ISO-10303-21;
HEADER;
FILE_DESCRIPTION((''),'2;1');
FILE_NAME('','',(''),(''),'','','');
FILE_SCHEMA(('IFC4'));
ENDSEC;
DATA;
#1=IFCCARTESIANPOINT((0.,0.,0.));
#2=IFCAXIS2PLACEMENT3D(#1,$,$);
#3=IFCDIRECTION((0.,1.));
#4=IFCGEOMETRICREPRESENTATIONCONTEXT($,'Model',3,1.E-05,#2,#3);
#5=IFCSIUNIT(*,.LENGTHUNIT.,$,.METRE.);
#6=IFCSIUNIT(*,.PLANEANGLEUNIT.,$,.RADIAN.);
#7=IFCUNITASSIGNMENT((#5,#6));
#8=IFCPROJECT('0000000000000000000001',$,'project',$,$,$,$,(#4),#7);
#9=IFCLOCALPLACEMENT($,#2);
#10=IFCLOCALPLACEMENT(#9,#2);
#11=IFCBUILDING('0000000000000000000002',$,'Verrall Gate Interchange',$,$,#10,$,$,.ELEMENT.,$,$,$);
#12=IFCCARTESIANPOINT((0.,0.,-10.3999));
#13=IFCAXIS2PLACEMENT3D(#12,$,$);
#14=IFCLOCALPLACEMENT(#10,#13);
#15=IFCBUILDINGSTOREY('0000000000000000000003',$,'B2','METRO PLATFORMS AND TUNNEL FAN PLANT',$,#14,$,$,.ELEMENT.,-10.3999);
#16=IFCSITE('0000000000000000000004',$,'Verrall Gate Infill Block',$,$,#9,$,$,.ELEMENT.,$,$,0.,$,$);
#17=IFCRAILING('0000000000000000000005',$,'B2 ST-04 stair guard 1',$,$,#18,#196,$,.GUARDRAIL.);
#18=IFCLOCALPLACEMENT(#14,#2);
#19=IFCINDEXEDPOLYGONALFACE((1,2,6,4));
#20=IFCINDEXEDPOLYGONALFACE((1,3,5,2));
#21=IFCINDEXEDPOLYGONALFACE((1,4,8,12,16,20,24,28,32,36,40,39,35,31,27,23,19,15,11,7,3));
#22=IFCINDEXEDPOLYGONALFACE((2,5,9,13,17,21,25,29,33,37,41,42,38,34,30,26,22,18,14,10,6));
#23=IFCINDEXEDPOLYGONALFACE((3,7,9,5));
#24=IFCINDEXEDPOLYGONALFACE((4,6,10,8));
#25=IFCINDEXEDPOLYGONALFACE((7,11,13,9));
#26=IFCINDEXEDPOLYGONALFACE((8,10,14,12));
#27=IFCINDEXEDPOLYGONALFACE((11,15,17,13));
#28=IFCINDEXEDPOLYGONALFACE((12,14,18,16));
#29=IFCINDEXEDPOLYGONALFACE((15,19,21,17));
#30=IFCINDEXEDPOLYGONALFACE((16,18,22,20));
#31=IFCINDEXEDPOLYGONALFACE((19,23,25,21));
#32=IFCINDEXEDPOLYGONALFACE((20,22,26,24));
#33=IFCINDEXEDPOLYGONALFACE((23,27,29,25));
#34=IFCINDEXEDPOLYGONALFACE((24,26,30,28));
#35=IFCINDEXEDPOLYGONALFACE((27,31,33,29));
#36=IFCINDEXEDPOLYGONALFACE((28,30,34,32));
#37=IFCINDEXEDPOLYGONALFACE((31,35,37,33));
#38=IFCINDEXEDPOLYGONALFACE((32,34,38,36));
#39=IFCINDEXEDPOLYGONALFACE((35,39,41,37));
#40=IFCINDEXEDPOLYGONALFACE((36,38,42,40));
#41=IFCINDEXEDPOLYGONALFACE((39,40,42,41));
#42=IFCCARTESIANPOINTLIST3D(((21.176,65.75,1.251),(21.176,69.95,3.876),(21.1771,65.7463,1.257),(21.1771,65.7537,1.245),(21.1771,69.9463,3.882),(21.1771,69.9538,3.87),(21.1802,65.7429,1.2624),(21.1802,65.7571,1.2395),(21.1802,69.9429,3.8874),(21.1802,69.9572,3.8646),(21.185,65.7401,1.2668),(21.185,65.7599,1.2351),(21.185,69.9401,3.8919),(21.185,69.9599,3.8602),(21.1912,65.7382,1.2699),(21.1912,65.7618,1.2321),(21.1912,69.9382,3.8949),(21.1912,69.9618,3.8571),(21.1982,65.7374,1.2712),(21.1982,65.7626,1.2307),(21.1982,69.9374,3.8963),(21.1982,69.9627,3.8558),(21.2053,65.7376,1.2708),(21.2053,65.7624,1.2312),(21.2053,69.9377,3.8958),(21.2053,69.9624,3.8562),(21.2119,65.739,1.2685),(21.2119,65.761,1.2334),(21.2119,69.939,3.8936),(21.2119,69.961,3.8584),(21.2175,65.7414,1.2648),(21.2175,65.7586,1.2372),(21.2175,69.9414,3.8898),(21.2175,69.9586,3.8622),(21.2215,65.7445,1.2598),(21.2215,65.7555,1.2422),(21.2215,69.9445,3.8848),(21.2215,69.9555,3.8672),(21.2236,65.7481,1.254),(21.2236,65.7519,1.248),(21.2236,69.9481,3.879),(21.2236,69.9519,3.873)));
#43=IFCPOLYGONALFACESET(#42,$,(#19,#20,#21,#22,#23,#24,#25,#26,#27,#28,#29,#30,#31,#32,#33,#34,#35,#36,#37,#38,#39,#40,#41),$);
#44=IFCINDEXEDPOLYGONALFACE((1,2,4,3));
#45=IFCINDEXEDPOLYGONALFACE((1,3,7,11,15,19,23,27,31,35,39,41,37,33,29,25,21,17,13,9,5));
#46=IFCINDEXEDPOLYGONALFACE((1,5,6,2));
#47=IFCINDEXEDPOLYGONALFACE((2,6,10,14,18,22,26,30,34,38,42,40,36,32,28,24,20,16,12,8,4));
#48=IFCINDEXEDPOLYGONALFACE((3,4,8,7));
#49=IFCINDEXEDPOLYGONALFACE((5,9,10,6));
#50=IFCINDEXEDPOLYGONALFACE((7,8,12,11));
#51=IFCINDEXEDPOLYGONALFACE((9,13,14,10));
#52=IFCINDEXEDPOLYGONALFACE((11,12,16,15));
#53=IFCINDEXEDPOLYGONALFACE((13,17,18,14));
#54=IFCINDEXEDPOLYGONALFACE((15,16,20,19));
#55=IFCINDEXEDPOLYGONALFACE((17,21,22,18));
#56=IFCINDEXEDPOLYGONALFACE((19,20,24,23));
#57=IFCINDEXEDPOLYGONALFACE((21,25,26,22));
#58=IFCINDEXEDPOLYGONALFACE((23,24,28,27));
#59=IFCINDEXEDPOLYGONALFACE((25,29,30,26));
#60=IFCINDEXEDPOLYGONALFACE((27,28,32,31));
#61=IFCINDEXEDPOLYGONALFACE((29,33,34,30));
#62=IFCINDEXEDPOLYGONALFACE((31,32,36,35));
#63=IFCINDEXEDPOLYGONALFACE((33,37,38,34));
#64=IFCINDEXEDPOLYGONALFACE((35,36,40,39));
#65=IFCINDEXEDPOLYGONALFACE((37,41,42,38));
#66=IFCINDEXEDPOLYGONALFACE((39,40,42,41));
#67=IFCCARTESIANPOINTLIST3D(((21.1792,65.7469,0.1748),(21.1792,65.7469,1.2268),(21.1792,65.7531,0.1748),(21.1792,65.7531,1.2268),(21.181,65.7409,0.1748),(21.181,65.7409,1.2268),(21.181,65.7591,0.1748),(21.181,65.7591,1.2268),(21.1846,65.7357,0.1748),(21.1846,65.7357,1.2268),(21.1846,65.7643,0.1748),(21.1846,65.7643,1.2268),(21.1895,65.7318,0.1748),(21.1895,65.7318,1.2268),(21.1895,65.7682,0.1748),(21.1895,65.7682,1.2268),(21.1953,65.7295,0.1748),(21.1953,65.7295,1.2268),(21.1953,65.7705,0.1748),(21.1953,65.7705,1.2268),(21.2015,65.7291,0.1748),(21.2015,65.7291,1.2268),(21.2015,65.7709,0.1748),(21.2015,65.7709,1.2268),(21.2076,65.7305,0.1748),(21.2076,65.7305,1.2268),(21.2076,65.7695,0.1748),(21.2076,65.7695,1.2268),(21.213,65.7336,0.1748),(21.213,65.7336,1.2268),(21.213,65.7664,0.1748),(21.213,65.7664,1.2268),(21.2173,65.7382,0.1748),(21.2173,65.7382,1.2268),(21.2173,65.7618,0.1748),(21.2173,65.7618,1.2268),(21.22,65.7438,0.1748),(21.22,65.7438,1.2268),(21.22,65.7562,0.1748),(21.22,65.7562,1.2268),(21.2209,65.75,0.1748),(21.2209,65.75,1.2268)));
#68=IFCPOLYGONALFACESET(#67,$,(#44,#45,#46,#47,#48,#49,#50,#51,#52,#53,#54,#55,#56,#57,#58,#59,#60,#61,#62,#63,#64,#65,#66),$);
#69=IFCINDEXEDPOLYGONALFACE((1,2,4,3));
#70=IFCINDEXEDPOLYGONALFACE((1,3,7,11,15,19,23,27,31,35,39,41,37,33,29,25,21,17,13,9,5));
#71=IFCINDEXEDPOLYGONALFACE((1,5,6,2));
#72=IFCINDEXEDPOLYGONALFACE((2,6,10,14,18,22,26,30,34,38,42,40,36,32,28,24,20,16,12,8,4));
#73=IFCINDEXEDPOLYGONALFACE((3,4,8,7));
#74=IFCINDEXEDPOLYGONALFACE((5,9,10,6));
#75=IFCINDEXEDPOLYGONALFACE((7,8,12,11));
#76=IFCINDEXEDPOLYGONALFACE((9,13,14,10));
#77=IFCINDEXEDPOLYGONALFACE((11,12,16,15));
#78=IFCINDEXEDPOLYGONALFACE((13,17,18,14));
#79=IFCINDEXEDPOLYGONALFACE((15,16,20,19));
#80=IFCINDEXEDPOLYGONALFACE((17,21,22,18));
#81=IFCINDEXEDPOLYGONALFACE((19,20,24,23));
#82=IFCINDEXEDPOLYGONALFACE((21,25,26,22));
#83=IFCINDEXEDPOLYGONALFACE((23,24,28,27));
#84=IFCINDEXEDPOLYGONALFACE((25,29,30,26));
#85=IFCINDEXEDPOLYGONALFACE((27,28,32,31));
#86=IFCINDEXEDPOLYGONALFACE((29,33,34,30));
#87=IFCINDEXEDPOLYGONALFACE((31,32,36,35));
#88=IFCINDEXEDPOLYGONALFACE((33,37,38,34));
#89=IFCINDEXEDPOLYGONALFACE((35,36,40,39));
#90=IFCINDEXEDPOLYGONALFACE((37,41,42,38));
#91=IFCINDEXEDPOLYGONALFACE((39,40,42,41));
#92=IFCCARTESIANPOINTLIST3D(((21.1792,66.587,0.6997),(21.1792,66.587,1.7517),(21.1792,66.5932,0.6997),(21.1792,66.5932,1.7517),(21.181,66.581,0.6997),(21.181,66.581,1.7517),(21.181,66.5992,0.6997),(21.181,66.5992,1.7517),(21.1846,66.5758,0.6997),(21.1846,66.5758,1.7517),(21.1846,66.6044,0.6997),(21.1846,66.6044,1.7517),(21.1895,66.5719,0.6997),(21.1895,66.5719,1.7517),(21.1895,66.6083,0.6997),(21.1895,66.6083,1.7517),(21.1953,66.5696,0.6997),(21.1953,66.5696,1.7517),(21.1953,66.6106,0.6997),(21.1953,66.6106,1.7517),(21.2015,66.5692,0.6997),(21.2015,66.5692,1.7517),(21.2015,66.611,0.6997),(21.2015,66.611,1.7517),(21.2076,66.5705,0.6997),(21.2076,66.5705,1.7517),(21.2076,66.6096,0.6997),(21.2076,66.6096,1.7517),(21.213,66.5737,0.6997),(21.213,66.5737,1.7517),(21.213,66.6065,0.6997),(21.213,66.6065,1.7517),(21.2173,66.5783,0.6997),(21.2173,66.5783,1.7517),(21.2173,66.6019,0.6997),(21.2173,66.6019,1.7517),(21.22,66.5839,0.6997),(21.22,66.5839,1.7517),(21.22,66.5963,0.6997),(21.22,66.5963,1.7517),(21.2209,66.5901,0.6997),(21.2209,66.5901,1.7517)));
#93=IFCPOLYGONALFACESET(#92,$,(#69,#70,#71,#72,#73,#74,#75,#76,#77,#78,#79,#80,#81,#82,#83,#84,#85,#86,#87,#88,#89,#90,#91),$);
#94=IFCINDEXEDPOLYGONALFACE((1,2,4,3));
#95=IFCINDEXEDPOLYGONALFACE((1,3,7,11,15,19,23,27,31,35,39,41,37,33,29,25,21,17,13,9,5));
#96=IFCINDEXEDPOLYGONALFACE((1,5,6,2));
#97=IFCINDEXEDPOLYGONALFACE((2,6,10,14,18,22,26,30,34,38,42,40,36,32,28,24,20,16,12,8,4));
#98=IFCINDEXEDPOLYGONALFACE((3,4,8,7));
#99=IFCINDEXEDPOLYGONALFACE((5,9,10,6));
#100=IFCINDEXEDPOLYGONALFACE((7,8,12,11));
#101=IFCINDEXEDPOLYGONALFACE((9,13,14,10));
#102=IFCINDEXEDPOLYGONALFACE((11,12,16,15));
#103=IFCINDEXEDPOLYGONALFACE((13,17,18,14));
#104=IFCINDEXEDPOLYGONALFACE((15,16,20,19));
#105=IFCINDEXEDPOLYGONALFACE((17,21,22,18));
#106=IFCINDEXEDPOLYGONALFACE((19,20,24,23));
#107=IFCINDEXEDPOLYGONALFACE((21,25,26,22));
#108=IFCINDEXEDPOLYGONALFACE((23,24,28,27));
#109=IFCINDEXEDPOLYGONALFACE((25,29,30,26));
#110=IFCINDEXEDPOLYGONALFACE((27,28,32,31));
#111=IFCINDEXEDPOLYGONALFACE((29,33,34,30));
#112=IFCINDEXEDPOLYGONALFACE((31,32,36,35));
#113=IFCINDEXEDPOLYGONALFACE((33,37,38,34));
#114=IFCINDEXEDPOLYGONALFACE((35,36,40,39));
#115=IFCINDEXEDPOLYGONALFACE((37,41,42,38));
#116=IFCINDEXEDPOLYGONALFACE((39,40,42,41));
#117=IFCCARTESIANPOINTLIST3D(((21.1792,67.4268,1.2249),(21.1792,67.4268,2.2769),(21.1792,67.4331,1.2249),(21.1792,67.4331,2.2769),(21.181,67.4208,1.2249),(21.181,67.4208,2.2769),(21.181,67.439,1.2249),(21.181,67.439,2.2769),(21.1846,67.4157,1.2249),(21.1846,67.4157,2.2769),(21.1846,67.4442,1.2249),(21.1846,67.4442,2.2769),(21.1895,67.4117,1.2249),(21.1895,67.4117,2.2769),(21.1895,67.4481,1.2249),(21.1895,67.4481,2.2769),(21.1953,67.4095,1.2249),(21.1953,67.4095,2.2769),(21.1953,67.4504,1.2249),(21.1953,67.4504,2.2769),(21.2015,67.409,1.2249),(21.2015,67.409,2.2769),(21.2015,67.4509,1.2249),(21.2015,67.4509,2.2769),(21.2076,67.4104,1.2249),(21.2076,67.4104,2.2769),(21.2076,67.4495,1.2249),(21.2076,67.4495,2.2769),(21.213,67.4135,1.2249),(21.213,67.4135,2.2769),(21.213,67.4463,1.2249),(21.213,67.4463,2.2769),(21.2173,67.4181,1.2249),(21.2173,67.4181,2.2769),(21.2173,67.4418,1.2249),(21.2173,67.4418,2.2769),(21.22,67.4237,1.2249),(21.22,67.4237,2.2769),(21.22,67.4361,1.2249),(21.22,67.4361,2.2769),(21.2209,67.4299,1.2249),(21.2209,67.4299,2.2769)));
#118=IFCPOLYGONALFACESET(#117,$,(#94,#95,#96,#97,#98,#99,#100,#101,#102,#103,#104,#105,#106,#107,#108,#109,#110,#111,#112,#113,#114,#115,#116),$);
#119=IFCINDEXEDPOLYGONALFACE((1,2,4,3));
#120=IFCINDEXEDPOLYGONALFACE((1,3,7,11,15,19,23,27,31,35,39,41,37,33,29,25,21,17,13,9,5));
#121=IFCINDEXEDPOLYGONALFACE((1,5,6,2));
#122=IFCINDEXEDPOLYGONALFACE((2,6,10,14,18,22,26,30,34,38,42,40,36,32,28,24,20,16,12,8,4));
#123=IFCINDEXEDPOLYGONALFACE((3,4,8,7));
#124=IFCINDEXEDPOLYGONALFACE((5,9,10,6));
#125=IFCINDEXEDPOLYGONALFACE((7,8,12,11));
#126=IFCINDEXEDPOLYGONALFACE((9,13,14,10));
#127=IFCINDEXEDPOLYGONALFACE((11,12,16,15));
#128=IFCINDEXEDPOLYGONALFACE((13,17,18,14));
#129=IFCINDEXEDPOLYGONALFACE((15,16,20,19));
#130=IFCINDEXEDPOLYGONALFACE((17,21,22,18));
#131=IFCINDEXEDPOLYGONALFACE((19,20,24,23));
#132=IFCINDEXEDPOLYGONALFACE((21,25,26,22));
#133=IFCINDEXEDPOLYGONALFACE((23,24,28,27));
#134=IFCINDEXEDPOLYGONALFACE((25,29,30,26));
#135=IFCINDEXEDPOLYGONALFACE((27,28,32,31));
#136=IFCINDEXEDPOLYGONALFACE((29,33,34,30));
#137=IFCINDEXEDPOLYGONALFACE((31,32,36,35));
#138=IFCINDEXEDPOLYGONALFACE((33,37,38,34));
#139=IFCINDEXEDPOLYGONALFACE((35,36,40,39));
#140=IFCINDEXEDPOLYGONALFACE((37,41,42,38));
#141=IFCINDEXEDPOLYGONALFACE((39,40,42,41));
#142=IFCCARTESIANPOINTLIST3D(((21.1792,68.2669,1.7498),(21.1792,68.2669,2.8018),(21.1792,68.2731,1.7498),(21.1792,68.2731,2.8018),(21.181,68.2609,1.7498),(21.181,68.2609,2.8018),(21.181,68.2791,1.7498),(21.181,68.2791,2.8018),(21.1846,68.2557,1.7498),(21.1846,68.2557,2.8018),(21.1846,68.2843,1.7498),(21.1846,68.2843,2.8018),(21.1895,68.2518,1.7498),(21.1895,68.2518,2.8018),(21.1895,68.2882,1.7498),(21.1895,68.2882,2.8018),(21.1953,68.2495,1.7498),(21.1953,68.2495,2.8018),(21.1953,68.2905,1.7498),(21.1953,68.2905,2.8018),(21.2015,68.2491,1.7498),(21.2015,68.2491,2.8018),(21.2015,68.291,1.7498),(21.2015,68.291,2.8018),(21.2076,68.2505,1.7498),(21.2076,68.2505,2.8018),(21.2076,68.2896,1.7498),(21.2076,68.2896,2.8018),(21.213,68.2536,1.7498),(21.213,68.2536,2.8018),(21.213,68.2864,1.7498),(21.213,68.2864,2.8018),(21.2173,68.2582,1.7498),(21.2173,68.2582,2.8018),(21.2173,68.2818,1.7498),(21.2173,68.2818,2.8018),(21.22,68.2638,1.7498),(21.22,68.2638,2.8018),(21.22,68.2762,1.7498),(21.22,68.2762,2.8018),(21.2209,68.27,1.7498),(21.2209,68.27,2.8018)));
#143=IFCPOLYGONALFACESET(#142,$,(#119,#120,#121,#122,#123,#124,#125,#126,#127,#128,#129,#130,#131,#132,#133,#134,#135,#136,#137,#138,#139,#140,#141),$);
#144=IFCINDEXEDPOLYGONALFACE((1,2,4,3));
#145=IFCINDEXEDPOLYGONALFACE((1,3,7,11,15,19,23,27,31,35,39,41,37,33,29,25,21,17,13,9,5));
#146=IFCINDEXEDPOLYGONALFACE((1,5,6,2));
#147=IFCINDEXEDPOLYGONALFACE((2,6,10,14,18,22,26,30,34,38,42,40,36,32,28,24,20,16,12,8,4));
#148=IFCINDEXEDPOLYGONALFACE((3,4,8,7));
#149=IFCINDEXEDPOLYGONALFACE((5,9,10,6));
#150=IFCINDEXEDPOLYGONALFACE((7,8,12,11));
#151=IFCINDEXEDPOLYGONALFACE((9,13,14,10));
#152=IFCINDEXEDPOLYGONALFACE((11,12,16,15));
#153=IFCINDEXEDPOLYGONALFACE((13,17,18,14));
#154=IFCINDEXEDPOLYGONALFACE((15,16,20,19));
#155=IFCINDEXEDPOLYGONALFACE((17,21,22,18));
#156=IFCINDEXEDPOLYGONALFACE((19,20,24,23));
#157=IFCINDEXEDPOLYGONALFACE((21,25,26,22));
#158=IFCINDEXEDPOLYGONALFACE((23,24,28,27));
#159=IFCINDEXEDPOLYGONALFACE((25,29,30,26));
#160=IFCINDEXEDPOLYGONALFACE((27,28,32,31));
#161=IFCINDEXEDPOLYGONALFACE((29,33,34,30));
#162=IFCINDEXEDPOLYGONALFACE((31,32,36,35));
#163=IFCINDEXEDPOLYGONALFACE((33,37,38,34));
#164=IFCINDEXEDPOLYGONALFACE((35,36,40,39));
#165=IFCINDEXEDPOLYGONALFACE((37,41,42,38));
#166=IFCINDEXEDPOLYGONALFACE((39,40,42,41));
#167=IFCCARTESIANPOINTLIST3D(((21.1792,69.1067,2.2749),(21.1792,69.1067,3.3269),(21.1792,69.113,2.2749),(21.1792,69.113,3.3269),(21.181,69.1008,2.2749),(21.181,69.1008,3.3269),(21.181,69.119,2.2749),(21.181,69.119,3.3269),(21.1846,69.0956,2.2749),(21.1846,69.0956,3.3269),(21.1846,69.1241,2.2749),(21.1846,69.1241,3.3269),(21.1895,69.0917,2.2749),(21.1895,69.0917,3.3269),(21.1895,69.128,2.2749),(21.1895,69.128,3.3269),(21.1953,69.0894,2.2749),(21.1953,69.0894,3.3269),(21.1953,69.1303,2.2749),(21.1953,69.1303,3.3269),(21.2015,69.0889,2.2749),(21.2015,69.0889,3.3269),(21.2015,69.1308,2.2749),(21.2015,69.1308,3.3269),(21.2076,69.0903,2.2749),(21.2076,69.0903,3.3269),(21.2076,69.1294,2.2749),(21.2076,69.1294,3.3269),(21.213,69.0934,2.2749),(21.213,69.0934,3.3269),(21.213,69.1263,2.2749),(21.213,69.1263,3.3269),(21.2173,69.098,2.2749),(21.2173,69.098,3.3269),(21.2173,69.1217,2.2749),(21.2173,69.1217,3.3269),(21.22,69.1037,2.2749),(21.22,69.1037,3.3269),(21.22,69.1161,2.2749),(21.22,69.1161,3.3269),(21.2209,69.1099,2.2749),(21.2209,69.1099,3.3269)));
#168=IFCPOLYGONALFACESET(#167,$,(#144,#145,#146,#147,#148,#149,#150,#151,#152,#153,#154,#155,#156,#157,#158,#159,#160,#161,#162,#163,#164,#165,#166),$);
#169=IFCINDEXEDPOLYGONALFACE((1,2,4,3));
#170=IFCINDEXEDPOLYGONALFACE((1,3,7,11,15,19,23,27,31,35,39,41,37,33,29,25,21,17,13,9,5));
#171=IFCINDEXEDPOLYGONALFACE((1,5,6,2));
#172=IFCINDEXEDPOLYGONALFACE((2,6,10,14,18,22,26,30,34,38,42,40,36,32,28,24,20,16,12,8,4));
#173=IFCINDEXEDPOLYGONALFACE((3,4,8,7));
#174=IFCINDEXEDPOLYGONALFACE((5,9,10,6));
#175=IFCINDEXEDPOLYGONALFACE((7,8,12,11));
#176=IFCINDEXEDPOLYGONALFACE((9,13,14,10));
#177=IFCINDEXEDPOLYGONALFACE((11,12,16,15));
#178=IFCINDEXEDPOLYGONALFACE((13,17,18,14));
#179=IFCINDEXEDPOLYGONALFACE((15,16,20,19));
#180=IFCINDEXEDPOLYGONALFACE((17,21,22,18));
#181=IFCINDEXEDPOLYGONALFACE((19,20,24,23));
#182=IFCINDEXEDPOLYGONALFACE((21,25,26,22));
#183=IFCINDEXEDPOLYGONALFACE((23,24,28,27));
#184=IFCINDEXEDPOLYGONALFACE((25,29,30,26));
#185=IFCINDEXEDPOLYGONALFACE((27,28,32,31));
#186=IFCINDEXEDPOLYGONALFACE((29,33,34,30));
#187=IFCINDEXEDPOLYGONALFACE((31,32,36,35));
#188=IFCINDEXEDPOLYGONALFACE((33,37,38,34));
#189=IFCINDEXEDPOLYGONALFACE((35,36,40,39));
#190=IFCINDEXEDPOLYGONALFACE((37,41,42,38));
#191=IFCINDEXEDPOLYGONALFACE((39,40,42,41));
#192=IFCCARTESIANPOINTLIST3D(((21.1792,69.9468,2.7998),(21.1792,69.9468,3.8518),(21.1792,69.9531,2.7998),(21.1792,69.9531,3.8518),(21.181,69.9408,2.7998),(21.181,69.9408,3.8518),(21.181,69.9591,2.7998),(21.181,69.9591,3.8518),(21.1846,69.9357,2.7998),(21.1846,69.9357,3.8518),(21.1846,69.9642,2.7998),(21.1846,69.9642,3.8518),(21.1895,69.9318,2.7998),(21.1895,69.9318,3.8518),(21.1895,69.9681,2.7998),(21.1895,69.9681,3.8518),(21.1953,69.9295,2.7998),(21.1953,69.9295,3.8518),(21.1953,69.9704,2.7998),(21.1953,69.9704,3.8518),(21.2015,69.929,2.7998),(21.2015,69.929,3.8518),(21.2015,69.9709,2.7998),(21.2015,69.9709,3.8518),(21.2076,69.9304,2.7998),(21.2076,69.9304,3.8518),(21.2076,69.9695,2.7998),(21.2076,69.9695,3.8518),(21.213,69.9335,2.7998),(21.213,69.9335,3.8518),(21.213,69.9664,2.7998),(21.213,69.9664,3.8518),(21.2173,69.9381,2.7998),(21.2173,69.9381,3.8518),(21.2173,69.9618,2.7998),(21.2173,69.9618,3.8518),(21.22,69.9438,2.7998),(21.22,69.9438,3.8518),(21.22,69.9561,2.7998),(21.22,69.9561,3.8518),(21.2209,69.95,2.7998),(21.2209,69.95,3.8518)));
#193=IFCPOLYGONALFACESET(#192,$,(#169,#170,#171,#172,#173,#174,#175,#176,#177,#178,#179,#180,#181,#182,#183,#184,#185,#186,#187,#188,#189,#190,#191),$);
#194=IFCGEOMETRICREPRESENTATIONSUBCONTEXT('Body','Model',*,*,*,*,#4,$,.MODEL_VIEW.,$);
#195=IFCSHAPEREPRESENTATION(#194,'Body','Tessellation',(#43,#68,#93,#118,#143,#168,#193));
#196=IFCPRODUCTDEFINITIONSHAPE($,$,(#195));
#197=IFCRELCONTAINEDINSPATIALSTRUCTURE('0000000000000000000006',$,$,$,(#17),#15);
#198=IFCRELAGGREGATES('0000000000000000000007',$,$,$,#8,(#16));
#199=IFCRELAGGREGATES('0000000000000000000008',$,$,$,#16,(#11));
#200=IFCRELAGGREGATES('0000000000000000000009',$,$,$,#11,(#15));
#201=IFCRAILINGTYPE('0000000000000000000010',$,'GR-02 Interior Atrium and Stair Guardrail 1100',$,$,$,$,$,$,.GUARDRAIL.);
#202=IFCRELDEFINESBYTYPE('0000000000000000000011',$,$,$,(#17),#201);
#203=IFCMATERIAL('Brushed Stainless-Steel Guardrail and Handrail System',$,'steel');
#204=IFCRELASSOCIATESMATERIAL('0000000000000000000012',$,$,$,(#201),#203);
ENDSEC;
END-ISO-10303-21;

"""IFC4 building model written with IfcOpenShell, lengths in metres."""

from ifc_helpers import new_model, si_unit, direction, frame, origin, origin_2d, place, context, subcontext, project, spatial, circle, extrude, material, type_object, element, save


model = new_model("IFC4")

# Units and contexts
model_context = context("Model", 3, precision=1e-05, world=origin(), true_north=direction((0.0, 1.0)))
body_context = subcontext(model_context, "Body", "Model", "MODEL_VIEW")
ifc_project = project(units=[si_unit("LENGTHUNIT", "METRE"), si_unit("PLANEANGLEUNIT", "RADIAN")], contexts=[model_context])

# Site, building, storey
site_placement = place(None, origin())
site = spatial("IfcSite", under=ifc_project, at=site_placement, Name="Verrall Gate Infill Block", CompositionType="ELEMENT", RefElevation=0.0)
building_placement = place(site_placement, origin())
building = spatial("IfcBuilding", under=site, at=building_placement, Name="Verrall Gate Interchange", CompositionType="ELEMENT")
storey_placement = place(building_placement, frame((0.0, 0.0, -10.3999)))
storey = spatial("IfcBuildingStorey", under=building, at=storey_placement, Name="B2", Description="METRO PLATFORMS AND TUNNEL FAN PLANT", CompositionType="ELEMENT", Elevation=-10.3999)

# Railing
ifc_material_1 = material(Name="Brushed Stainless-Steel Guardrail and Handrail System", Category="steel")
railing_type_1 = type_object("IfcRailingType", Name="GR-02 Interior Atrium and Stair Guardrail 1100", PredefinedType="GUARDRAIL", material=ifc_material_1)
railing_1_placement = place(storey_placement, frame((21.2, 65.75, 0.1748)))
element("IfcRailing", 1, at=railing_1_placement, inside=storey, type_object=railing_type_1, Name="B2 ST-04 stair guard 1", PredefinedType="GUARDRAIL", context=body_context, shape_type="SweptSolid", body=[
    extrude(circle(Radius=0.0239, at=origin_2d()), frame((0.0, 0.0, 1.0762), z_axis=(0.0, 0.847996, 0.530003), x_axis=(-1.0, 0.0, 0.0)), (0.0, 0.0, 1.0), 4.9529),
    extrude(circle(Radius=0.021, at=origin_2d()), origin(), (0.0, 0.0, 1.0), 1.052),
    extrude(circle(Radius=0.021, at=origin_2d()), frame((0.0, 0.8401, 0.5249)), (0.0, 0.0, 1.0), 1.052),
    extrude(circle(Radius=0.021, at=origin_2d()), frame((0.0, 1.6799, 1.05)), (0.0, 0.0, 1.0), 1.052),
    extrude(circle(Radius=0.021, at=origin_2d()), frame((0.0, 2.52, 1.575)), (0.0, 0.0, 1.0), 1.052),
    extrude(circle(Radius=0.021, at=origin_2d()), frame((0.0, 3.3599, 2.1001)), (0.0, 0.0, 1.0), 1.052),
    extrude(circle(Radius=0.021, at=origin_2d()), frame((0.0, 4.2, 2.625)), (0.0, 0.0, 1.0), 1.052),
])

save(model, "model.ifc")
